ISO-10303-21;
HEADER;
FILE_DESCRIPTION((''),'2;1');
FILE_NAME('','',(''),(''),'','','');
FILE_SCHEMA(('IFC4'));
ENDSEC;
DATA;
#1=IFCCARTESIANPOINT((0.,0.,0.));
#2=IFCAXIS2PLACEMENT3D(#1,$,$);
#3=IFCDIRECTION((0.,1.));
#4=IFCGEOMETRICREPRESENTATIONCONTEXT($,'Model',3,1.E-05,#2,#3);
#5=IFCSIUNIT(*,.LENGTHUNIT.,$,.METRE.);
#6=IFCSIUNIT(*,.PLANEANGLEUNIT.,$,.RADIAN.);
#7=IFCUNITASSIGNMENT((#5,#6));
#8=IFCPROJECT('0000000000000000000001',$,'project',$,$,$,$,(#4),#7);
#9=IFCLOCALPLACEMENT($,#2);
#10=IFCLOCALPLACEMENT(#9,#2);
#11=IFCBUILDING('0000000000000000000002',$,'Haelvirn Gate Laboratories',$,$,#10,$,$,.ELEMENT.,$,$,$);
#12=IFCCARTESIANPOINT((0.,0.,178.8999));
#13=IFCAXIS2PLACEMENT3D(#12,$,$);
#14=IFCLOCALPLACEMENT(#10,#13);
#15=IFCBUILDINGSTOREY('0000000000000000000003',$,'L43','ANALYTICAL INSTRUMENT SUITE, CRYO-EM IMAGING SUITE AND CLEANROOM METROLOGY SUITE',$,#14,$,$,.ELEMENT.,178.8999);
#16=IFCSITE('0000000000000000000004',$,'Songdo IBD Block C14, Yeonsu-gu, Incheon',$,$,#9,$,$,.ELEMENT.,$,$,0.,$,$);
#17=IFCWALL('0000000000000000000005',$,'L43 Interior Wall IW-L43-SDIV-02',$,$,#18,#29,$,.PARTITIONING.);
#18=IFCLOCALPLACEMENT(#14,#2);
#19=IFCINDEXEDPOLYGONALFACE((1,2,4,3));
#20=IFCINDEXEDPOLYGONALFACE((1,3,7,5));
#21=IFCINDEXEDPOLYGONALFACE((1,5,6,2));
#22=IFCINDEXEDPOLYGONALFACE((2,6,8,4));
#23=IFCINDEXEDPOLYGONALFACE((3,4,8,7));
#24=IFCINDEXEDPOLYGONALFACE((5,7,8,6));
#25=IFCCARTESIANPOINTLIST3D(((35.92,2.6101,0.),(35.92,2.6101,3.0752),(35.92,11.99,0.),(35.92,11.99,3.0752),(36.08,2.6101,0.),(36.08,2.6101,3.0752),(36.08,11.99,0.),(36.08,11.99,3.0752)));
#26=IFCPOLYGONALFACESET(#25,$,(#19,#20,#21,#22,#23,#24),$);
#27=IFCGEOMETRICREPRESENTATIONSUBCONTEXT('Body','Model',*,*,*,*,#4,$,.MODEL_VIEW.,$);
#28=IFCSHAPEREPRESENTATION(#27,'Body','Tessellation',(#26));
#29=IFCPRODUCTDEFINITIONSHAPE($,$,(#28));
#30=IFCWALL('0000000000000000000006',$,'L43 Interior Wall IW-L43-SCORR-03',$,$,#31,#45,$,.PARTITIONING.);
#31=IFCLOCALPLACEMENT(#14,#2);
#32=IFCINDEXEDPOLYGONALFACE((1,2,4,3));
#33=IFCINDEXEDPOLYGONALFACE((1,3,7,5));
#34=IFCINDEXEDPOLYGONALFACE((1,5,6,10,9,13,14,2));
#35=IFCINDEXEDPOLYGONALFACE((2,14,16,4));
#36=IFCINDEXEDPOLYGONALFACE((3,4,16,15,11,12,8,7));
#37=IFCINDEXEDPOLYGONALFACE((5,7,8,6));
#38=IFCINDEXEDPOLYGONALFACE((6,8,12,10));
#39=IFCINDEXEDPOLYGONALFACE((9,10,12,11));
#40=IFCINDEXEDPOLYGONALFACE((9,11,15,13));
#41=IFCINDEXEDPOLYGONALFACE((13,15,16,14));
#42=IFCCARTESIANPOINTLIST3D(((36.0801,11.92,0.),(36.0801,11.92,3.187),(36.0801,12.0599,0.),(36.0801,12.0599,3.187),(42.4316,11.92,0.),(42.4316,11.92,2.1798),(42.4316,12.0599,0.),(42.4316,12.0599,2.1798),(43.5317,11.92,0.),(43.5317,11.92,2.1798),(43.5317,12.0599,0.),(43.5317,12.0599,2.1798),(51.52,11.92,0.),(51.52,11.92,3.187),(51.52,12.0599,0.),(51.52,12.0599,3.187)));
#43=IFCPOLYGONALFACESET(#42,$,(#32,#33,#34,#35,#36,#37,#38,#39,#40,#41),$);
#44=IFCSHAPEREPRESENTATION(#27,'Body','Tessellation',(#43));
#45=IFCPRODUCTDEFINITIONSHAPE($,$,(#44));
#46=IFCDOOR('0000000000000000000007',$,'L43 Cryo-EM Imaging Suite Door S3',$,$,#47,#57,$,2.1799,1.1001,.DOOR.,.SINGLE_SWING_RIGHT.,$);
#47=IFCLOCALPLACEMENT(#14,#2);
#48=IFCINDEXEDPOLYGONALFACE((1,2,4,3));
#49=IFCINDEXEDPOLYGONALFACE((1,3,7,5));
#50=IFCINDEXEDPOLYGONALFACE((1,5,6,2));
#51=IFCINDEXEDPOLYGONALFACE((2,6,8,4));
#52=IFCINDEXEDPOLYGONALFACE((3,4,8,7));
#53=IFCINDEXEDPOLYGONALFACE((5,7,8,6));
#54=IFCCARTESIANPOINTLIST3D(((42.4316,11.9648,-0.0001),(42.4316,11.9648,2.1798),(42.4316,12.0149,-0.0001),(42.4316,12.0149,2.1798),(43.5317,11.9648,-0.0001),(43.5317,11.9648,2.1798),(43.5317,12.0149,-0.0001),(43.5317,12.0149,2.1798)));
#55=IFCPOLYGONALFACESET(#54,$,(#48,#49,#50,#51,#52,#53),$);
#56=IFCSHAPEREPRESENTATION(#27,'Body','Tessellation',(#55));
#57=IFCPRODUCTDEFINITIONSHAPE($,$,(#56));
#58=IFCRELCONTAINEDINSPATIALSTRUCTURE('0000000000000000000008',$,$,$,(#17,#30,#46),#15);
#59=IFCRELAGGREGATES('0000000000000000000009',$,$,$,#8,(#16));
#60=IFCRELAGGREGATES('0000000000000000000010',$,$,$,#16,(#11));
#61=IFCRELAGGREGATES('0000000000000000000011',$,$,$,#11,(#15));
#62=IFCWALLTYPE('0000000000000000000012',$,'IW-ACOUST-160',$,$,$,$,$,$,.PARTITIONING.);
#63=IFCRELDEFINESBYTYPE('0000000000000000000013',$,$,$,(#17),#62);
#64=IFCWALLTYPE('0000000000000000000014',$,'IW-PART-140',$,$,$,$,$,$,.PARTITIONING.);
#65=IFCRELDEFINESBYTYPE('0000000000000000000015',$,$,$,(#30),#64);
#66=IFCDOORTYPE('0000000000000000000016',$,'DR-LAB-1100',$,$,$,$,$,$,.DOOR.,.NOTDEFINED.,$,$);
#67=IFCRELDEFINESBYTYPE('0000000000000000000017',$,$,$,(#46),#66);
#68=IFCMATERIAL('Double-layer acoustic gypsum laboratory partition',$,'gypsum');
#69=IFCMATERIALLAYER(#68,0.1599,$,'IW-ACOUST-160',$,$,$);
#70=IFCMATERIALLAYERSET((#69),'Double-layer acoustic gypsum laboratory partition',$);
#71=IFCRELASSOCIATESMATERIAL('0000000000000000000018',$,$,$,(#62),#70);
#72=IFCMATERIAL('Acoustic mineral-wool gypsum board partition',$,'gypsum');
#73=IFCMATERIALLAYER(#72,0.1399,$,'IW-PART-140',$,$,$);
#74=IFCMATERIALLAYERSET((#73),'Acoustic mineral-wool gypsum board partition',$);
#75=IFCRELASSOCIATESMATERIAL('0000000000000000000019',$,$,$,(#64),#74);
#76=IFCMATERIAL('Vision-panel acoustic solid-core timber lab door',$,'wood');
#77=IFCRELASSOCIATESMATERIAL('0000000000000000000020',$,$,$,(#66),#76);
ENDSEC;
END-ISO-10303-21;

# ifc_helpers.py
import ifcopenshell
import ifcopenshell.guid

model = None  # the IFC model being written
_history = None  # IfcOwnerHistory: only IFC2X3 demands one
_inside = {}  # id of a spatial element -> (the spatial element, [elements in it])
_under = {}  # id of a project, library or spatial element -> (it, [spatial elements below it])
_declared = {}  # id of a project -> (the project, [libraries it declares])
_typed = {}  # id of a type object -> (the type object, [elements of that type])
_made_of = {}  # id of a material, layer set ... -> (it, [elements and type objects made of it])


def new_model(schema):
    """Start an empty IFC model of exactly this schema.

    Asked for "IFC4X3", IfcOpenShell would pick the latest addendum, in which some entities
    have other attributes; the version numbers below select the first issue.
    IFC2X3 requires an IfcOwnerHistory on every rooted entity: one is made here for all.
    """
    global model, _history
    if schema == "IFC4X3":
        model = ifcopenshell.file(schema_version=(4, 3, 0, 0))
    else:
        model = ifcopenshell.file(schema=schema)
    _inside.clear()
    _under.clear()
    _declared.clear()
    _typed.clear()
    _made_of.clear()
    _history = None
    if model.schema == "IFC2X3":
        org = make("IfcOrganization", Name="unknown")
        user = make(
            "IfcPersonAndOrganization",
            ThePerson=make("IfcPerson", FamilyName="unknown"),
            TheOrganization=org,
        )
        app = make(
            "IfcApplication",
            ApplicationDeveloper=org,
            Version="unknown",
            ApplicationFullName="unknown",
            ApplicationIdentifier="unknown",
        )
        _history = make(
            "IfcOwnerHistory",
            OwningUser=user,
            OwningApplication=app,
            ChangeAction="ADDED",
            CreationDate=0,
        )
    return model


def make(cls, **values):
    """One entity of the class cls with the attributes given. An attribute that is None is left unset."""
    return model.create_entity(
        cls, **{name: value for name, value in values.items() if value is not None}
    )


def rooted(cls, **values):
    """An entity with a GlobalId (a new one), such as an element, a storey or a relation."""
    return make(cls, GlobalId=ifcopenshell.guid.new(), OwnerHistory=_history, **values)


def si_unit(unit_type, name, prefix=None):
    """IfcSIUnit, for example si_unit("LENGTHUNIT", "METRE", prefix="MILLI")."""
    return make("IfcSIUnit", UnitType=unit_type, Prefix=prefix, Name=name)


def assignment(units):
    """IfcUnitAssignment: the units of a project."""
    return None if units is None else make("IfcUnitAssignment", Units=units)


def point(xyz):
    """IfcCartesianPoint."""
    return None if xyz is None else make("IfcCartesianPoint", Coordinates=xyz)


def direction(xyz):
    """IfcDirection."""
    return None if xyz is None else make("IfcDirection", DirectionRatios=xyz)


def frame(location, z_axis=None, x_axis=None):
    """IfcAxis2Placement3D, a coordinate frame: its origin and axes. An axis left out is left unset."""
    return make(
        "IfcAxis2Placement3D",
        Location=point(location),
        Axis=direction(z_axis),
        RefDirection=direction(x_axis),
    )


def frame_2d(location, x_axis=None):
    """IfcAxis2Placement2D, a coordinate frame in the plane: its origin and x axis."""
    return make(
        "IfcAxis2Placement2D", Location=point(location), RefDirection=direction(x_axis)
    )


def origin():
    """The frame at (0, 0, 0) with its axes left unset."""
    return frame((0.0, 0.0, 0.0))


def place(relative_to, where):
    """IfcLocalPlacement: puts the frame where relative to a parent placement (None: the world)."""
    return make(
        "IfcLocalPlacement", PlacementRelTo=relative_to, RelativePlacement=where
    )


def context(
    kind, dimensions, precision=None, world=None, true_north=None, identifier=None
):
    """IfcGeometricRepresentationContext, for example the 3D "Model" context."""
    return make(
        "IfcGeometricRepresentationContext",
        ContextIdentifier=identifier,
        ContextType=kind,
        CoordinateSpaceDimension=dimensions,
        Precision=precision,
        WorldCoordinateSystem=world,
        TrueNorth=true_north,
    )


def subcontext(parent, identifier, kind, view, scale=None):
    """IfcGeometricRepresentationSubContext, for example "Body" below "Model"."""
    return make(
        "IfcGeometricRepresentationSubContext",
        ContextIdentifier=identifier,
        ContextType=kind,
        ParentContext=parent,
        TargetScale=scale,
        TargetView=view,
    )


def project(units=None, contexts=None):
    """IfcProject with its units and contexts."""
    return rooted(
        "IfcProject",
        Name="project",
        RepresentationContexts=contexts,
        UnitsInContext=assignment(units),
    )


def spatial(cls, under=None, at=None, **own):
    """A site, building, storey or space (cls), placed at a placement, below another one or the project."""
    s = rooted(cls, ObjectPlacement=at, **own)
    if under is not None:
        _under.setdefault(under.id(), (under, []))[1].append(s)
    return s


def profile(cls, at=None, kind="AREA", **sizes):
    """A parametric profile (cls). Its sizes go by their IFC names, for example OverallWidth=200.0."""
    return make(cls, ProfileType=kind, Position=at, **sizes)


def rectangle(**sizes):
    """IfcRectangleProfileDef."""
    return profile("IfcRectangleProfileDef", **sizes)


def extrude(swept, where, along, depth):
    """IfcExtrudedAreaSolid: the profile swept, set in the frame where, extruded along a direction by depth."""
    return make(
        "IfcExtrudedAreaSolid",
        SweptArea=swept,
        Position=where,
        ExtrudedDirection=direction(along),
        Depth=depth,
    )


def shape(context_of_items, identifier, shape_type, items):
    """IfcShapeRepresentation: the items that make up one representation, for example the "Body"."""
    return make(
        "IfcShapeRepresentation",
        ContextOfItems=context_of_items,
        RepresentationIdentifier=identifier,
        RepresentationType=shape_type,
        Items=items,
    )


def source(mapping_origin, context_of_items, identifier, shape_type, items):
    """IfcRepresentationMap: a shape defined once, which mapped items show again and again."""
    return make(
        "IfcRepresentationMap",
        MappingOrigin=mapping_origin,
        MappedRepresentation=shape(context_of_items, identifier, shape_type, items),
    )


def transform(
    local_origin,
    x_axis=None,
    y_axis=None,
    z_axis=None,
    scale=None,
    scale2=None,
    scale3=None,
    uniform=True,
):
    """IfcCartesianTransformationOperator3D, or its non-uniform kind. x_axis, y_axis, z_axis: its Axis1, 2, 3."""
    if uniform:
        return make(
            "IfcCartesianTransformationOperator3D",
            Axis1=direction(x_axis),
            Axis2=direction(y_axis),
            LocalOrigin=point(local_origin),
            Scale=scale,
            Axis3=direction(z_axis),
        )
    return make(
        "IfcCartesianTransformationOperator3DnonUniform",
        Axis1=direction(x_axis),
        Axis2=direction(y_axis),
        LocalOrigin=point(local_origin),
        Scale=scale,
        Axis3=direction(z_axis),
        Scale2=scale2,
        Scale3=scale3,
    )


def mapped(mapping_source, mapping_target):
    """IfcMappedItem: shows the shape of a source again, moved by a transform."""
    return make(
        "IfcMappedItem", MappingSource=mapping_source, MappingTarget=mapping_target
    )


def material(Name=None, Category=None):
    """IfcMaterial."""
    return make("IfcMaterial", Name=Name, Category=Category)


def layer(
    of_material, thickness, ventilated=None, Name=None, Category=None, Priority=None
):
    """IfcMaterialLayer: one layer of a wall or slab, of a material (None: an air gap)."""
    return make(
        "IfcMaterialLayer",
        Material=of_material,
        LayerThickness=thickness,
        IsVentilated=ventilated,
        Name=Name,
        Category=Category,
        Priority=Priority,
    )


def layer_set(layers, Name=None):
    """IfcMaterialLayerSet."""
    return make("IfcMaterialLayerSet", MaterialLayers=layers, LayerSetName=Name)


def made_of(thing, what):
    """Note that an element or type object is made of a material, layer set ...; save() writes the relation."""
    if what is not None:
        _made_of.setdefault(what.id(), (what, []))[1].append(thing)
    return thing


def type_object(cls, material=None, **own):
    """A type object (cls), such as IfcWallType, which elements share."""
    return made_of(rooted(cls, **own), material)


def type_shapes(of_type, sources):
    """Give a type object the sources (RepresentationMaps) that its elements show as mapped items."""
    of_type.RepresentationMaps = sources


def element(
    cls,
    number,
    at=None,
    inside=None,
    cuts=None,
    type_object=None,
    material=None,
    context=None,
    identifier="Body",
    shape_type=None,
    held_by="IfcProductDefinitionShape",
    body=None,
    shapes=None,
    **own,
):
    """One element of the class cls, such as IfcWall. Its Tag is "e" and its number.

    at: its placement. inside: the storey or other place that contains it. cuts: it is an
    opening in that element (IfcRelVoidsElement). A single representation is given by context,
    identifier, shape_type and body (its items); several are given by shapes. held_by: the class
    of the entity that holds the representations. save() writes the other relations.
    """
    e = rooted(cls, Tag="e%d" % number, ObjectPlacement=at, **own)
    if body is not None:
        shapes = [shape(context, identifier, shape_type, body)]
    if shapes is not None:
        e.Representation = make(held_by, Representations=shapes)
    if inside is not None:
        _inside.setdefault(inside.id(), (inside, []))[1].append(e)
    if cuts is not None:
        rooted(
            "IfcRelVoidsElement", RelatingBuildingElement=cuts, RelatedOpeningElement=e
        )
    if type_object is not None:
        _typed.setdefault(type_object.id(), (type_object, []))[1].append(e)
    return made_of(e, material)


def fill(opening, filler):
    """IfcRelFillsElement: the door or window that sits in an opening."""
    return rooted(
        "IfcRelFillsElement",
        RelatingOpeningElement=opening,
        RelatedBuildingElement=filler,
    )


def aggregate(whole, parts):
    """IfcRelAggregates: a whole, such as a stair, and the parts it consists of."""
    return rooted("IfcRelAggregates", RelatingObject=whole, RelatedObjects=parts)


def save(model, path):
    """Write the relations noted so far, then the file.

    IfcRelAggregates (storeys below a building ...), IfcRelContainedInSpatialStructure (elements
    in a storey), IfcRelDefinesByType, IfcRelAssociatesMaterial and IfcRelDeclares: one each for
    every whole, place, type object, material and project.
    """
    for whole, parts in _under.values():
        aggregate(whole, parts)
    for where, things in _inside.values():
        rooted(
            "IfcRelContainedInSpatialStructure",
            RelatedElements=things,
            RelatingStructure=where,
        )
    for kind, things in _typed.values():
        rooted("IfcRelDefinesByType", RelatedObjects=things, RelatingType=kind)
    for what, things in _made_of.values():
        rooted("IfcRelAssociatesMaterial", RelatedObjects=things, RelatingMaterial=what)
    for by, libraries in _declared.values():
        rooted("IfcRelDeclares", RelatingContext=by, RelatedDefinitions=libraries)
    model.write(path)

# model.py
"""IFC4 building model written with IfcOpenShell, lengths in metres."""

from ifc_helpers import new_model, si_unit, direction, frame, frame_2d, origin, place, context, subcontext, project, spatial, rectangle, extrude, source, transform, mapped, material, layer, layer_set, type_object, type_shapes, element, fill, save


model = new_model("IFC4")

# Units and contexts
model_context = context("Model", 3, precision=1e-05, world=origin(), true_north=direction((0.0, 1.0)))
body_context = subcontext(model_context, "Body", "Model", "MODEL_VIEW")
ifc_project = project(units=[si_unit("LENGTHUNIT", "METRE"), si_unit("PLANEANGLEUNIT", "RADIAN")], contexts=[model_context])

# Site, building, storey
site_placement = place(None, origin())
site = spatial("IfcSite", under=ifc_project, at=site_placement, Name="Songdo IBD Block C14, Yeonsu-gu, Incheon", CompositionType="ELEMENT", RefElevation=0.0)
building_placement = place(site_placement, origin())
building = spatial("IfcBuilding", under=site, at=building_placement, Name="Haelvirn Gate Laboratories", CompositionType="ELEMENT")
storey_placement = place(building_placement, frame((0.0, 0.0, 178.8999)))
storey = spatial("IfcBuildingStorey", under=building, at=storey_placement, Name="L43", Description="ANALYTICAL INSTRUMENT SUITE, CRYO-EM IMAGING SUITE AND CLEANROOM METROLOGY SUITE", CompositionType="ELEMENT", Elevation=178.8999)

# Wall
ifc_material_1 = material(Name="Double-layer acoustic gypsum laboratory partition", Category="gypsum")
ifc_layer_1 = layer(ifc_material_1, 0.1599, Name="IW-ACOUST-160")
ifc_layer_set_1 = layer_set([ifc_layer_1], Name="Double-layer acoustic gypsum laboratory partition")
wall_type_1 = type_object("IfcWallType", Name="IW-ACOUST-160", PredefinedType="PARTITIONING", material=ifc_layer_set_1)
wall_1_placement = place(storey_placement, frame((36.0, 2.6101, 0.0), z_axis=(0.0, 0.0, 1.0), x_axis=(0.0, 1.0, 0.0)))
element("IfcWall", 1, at=wall_1_placement, inside=storey, type_object=wall_type_1, Name="L43 Interior Wall IW-L43-SDIV-02", PredefinedType="PARTITIONING", context=body_context, shape_type="SweptSolid", body=[
    extrude(rectangle(XDim=9.3799, YDim=0.1599, at=frame_2d((4.6899, 0.0))), origin(), (0.0, 0.0, 1.0), 3.0752),
])

# Wall, opening, door
ifc_material_2 = material(Name="Acoustic mineral-wool gypsum board partition", Category="gypsum")
ifc_layer_2 = layer(ifc_material_2, 0.1399, Name="IW-PART-140")
ifc_layer_set_2 = layer_set([ifc_layer_2], Name="Acoustic mineral-wool gypsum board partition")
wall_type_2 = type_object("IfcWallType", Name="IW-PART-140", PredefinedType="PARTITIONING", material=ifc_layer_set_2)
wall_2_placement = place(storey_placement, frame((36.0801, 11.99, 0.0), z_axis=(0.0, 0.0, 1.0), x_axis=(1.0, 0.0, 0.0)))
wall_2 = element("IfcWall", 2, at=wall_2_placement, inside=storey, type_object=wall_type_2, Name="L43 Interior Wall IW-L43-SCORR-03", PredefinedType="PARTITIONING", context=body_context, shape_type="SweptSolid", body=[
    extrude(rectangle(XDim=15.4399, YDim=0.1399, at=frame_2d((7.72, 0.0))), origin(), (0.0, 0.0, 1.0), 3.187),
])
opening_placement = place(wall_2_placement, frame((6.3516, 0.0, 0.0)))
opening = element("IfcOpeningElement", 3, at=opening_placement, cuts=wall_2, PredefinedType="OPENING", context=body_context, shape_type="SweptSolid", body=[
    extrude(rectangle(XDim=1.1001, YDim=2.1799, at=frame_2d((0.55, 1.0898))), frame((0.0, 0.0801, 0.0), z_axis=(0.0, -1.0, 0.0), x_axis=(1.0, 0.0, 0.0)), (0.0, 0.0, 1.0), 0.1599),
])
ifc_material_3 = material(Name="Vision-panel acoustic solid-core timber lab door", Category="wood")
door_type = type_object("IfcDoorType", Name="DR-LAB-1100", OperationType="NOTDEFINED", PredefinedType="DOOR", material=ifc_material_3)
shared_shape_1 = source(origin(), body_context, "Body", "SweptSolid", [
    extrude(rectangle(XDim=1.1001, YDim=2.1799, at=frame_2d((0.55, 1.0898))), frame((0.0, 0.0249, 0.0), z_axis=(0.0, -1.0, 0.0), x_axis=(1.0, 0.0, 0.0)), (0.0, 0.0, 1.0), 0.05),
])
type_shapes(door_type, [shared_shape_1])
door_placement = place(opening_placement, origin())
door = element("IfcDoor", 4, at=door_placement, inside=storey, type_object=door_type, Name="L43 Cryo-EM Imaging Suite Door S3", OperationType="SINGLE_SWING_RIGHT", OverallHeight=2.1799, OverallWidth=1.1001, PredefinedType="DOOR", context=body_context, shape_type="MappedRepresentation", body=[
    mapped(shared_shape_1, transform((0.0, 0.0, 0.0), scale=1.0)),
])
fill(opening, door)

save(model, "model.ifc")
